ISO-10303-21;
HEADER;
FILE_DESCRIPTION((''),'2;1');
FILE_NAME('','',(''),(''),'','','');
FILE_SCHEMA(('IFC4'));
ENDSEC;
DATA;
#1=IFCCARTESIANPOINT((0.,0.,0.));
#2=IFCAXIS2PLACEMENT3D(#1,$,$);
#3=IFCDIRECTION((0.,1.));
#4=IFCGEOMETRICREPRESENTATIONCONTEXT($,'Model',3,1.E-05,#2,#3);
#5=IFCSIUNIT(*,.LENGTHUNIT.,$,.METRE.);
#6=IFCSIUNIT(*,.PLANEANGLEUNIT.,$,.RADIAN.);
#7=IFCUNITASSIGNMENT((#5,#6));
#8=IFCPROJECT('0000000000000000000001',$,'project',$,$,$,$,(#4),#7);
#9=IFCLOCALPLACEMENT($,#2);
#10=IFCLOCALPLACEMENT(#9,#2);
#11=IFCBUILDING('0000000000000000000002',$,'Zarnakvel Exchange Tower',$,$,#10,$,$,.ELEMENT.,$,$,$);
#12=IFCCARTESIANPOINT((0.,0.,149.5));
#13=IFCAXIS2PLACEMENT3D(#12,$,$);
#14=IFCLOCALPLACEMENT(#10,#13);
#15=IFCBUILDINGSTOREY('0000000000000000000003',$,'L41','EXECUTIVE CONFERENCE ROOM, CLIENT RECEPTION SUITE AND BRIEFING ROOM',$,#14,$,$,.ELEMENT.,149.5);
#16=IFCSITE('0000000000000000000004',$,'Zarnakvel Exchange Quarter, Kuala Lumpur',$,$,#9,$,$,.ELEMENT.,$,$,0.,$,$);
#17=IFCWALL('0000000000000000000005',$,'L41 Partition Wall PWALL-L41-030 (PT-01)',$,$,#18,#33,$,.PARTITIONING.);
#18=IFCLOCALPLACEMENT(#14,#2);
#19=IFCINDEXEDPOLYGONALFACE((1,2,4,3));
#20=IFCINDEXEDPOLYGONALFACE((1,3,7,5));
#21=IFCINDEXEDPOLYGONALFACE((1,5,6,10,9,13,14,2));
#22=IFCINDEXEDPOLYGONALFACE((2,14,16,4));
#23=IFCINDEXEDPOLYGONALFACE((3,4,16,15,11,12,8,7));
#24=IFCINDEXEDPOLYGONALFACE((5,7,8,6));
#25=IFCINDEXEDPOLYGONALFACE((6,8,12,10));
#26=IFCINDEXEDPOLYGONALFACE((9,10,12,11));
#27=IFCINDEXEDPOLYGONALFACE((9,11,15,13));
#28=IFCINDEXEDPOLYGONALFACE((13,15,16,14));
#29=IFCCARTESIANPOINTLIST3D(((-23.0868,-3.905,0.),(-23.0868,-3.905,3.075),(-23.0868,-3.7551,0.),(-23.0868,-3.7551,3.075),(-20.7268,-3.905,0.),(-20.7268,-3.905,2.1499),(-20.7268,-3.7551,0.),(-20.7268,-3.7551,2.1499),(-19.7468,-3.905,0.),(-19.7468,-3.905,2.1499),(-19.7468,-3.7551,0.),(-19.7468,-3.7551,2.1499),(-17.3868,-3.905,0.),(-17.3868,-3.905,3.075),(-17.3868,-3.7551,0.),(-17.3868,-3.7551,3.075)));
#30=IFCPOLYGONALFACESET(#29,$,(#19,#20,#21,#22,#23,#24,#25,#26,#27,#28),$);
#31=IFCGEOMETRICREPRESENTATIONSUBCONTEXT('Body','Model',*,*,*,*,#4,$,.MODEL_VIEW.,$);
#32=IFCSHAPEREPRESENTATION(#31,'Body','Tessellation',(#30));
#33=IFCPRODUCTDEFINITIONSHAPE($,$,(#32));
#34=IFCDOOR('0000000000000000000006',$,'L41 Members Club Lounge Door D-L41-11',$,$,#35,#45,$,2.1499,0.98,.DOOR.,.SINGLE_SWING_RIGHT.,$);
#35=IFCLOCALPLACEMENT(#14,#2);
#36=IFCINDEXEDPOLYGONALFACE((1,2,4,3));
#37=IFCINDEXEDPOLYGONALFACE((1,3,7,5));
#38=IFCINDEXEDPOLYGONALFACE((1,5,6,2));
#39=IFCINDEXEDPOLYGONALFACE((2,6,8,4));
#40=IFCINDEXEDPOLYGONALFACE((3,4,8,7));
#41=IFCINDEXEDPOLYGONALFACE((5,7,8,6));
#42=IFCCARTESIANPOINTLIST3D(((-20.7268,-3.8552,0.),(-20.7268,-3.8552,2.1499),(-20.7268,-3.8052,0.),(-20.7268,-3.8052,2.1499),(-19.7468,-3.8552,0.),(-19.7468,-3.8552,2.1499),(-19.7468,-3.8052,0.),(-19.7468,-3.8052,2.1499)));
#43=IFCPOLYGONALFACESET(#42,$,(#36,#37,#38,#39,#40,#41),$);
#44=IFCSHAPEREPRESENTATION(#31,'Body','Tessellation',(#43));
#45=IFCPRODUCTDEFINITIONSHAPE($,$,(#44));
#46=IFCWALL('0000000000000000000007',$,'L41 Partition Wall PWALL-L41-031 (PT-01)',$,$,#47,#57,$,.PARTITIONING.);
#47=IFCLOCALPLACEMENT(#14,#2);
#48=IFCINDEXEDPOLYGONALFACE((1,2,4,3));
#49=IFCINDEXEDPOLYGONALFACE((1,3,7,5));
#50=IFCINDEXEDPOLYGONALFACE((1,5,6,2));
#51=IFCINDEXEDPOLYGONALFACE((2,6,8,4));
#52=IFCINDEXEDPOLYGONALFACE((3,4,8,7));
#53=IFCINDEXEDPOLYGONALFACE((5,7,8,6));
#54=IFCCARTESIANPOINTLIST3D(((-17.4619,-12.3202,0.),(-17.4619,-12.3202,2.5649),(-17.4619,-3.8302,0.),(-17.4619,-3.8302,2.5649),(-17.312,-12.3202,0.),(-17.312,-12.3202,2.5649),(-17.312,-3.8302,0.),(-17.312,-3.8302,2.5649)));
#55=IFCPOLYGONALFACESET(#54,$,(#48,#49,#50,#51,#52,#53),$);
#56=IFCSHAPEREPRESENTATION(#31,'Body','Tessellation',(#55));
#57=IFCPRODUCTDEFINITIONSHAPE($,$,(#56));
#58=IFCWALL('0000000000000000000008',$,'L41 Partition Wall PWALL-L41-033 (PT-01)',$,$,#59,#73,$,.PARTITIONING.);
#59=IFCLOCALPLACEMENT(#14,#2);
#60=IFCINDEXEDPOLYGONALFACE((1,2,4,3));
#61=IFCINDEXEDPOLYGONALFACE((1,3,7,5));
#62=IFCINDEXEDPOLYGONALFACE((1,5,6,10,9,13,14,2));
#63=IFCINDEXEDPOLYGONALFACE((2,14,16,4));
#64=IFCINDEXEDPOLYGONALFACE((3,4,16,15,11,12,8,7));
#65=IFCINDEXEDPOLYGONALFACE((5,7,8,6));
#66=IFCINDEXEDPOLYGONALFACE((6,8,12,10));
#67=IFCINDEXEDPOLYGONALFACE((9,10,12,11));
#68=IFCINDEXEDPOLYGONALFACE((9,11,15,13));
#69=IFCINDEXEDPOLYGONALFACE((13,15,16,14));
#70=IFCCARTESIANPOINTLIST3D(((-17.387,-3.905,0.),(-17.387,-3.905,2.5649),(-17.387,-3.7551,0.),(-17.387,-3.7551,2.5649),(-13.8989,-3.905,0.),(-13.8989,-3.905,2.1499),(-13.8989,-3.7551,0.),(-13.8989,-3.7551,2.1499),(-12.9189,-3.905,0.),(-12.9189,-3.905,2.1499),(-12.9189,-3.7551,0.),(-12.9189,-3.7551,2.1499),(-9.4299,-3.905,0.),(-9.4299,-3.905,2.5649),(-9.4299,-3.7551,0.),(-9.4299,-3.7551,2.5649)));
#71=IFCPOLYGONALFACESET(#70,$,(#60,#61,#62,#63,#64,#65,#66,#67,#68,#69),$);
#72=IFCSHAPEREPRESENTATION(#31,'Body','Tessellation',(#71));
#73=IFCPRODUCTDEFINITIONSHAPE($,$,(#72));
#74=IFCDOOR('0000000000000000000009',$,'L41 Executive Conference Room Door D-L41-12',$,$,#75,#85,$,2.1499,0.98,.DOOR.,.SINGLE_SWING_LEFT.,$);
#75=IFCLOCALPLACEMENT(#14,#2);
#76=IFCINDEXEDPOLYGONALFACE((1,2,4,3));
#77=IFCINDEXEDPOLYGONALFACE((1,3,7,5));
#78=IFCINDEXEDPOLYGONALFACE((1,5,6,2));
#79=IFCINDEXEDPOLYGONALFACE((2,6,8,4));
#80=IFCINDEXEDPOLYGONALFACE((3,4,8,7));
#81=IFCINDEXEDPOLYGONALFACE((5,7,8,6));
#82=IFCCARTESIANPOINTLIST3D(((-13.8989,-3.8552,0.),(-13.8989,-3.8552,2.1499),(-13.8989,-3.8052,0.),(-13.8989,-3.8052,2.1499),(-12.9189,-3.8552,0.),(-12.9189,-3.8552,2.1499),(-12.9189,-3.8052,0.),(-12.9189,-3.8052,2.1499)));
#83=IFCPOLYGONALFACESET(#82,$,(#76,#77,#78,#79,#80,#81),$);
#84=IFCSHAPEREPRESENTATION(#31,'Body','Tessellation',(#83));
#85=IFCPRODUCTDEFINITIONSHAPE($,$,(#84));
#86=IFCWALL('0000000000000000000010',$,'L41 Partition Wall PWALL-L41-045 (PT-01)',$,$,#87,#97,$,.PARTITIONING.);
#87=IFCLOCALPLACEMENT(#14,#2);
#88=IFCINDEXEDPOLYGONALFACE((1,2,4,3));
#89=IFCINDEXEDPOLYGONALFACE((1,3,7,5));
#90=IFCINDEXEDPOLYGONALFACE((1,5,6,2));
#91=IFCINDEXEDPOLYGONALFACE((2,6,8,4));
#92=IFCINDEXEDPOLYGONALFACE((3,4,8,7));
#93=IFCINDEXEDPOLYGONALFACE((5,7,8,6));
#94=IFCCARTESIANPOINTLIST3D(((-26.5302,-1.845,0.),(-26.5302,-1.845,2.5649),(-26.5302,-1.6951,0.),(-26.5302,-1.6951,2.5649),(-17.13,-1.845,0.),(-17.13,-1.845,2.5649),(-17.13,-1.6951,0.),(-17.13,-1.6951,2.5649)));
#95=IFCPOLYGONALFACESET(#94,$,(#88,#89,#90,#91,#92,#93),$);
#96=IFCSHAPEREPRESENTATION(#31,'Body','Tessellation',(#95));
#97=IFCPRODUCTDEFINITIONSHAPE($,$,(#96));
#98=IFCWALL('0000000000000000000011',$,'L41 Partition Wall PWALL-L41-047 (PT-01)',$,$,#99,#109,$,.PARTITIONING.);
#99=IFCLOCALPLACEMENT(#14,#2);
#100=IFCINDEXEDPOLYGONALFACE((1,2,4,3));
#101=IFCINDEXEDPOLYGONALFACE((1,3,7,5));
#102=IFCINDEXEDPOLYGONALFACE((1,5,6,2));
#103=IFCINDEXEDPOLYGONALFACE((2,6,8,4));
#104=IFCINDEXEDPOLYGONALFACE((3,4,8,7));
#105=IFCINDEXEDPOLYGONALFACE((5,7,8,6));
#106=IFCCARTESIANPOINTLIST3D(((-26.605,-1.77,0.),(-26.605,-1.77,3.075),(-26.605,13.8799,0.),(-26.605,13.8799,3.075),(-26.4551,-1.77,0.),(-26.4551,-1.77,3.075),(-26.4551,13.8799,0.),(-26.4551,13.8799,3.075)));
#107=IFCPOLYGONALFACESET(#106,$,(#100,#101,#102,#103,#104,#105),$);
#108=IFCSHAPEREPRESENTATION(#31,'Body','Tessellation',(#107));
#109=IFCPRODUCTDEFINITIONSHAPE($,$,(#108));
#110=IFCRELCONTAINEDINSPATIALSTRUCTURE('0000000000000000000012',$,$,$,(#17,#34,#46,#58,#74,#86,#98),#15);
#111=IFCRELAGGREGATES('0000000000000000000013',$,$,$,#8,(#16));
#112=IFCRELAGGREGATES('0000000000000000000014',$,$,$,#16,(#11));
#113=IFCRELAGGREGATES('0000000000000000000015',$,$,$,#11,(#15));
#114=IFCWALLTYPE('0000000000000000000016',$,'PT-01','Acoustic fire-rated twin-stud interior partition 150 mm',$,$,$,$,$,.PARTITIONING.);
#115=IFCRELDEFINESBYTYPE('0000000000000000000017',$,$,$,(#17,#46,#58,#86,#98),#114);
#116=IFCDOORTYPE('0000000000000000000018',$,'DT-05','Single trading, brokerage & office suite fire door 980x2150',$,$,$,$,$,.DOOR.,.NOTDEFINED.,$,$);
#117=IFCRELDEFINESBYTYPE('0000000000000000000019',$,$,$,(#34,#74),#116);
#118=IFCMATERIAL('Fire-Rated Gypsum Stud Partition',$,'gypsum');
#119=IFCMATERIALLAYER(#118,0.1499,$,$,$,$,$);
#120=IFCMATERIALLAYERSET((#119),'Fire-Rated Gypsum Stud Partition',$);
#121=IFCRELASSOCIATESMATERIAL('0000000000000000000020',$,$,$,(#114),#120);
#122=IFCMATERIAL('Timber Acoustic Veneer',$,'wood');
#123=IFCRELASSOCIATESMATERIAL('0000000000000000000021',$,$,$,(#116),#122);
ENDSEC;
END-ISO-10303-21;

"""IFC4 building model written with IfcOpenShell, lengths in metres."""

from ifc_helpers import new_model, si_unit, direction, frame, frame_2d, origin, place, context, subcontext, project, spatial, rectangle, extrude, source, transform, mapped, material, layer, layer_set, type_object, element, fill, save


model = new_model("IFC4")

# Units and contexts
model_context = context("Model", 3, precision=1e-05, world=origin(), true_north=direction((0.0, 1.0)))
body_context = subcontext(model_context, "Body", "Model", "MODEL_VIEW")
ifc_project = project(units=[si_unit("LENGTHUNIT", "METRE"), si_unit("PLANEANGLEUNIT", "RADIAN")], contexts=[model_context])

# Site, building, storey
site_placement = place(None, origin())
site = spatial("IfcSite", under=ifc_project, at=site_placement, Name="Zarnakvel Exchange Quarter, Kuala Lumpur", CompositionType="ELEMENT", RefElevation=0.0)
building_placement = place(site_placement, origin())
building = spatial("IfcBuilding", under=site, at=building_placement, Name="Zarnakvel Exchange Tower", CompositionType="ELEMENT")
storey_placement = place(building_placement, frame((0.0, 0.0, 149.5)))
storey = spatial("IfcBuildingStorey", under=building, at=storey_placement, Name="L41", Description="EXECUTIVE CONFERENCE ROOM, CLIENT RECEPTION SUITE AND BRIEFING ROOM", CompositionType="ELEMENT", Elevation=149.5)

# Shared definitions
ifc_material_1 = material(Name="Fire-Rated Gypsum Stud Partition", Category="gypsum")
ifc_layer_1 = layer(ifc_material_1, 0.1499)
ifc_layer_set_1 = layer_set([ifc_layer_1], Name="Fire-Rated Gypsum Stud Partition")
wall_type = type_object("IfcWallType", Name="PT-01", Description="Acoustic fire-rated twin-stud interior partition 150 mm", PredefinedType="PARTITIONING", material=ifc_layer_set_1)
ifc_material_2 = material(Name="Timber Acoustic Veneer", Category="wood")
door_type = type_object("IfcDoorType", Name="DT-05", Description="Single trading, brokerage & office suite fire door 980x2150", OperationType="NOTDEFINED", PredefinedType="DOOR", material=ifc_material_2)
shared_shape_1 = source(origin(), body_context, "Body", "SweptSolid", [
    extrude(rectangle(XDim=0.98, YDim=2.1499, at=frame_2d((0.49, 1.075))), frame((0.0, 0.0249, 0.0), z_axis=(0.0, -1.0, 0.0), x_axis=(1.0, 0.0, 0.0)), (0.0, 0.0, 1.0), 0.05),
])

# Wall, opening, door
wall_1_placement = place(storey_placement, frame((-23.0869, -3.8301, 0.0), z_axis=(0.0, 0.0, 1.0), x_axis=(1.0, 0.0, 0.0)))
wall_1 = element("IfcWall", 1, at=wall_1_placement, inside=storey, type_object=wall_type, Name="L41 Partition Wall PWALL-L41-030 (PT-01)", PredefinedType="PARTITIONING", context=body_context, shape_type="SweptSolid", body=[
    extrude(rectangle(XDim=5.7, YDim=0.1499, at=frame_2d((2.8501, 0.0))), origin(), (0.0, 0.0, 1.0), 3.075),
])
opening_1_placement = place(wall_1_placement, frame((2.3601, 0.0, 0.0)))
opening_1 = element("IfcOpeningElement", 2, at=opening_1_placement, cuts=wall_1, PredefinedType="OPENING", context=body_context, shape_type="SweptSolid", body=[
    extrude(rectangle(XDim=0.98, YDim=2.1499, at=frame_2d((0.49, 1.075))), frame((0.0, 0.085, 0.0), z_axis=(0.0, -1.0, 0.0), x_axis=(1.0, 0.0, 0.0)), (0.0, 0.0, 1.0), 0.1699),
])
door_1_placement = place(opening_1_placement, origin())
door_1 = element("IfcDoor", 3, at=door_1_placement, inside=storey, type_object=door_type, Name="L41 Members Club Lounge Door D-L41-11", OperationType="SINGLE_SWING_RIGHT", OverallHeight=2.1499, OverallWidth=0.98, PredefinedType="DOOR", context=body_context, shape_type="MappedRepresentation", body=[
    mapped(shared_shape_1, transform((0.0, 0.0, 0.0), x_axis=(1.0, 0.0, 0.0), y_axis=(0.0, 1.0, 0.0), z_axis=(0.0, 0.0, 1.0), scale=1.0)),
])
fill(opening_1, door_1)

# Wall
wall_2_placement = place(storey_placement, frame((-17.387, -3.8301, 0.0), z_axis=(0.0, 0.0, 1.0), x_axis=(0.0, -1.0, 0.0)))
element("IfcWall", 4, at=wall_2_placement, inside=storey, type_object=wall_type, Name="L41 Partition Wall PWALL-L41-031 (PT-01)", PredefinedType="PARTITIONING", context=body_context, shape_type="SweptSolid", body=[
    extrude(rectangle(XDim=8.49, YDim=0.1499, at=frame_2d((4.2451, 0.0))), origin(), (0.0, 0.0, 1.0), 2.5649),
])

# Wall, opening, door
wall_3_placement = place(storey_placement, frame((-17.387, -3.8301, 0.0), z_axis=(0.0, 0.0, 1.0), x_axis=(1.0, 0.0, 0.0)))
wall_3 = element("IfcWall", 5, at=wall_3_placement, inside=storey, type_object=wall_type, Name="L41 Partition Wall PWALL-L41-033 (PT-01)", PredefinedType="PARTITIONING", context=body_context, shape_type="SweptSolid", body=[
    extrude(rectangle(XDim=7.957, YDim=0.1499, at=frame_2d((3.9785, 0.0))), origin(), (0.0, 0.0, 1.0), 2.5649),
])
opening_2_placement = place(wall_3_placement, frame((3.488, 0.0, 0.0)))
opening_2 = element("IfcOpeningElement", 6, at=opening_2_placement, cuts=wall_3, PredefinedType="OPENING", context=body_context, shape_type="SweptSolid", body=[
    extrude(rectangle(XDim=0.98, YDim=2.1499, at=frame_2d((0.49, 1.075))), frame((0.0, 0.085, 0.0), z_axis=(0.0, -1.0, 0.0), x_axis=(1.0, 0.0, 0.0)), (0.0, 0.0, 1.0), 0.1699),
])
door_2_placement = place(opening_2_placement, origin())
door_2 = element("IfcDoor", 7, at=door_2_placement, inside=storey, type_object=door_type, Name="L41 Executive Conference Room Door D-L41-12", OperationType="SINGLE_SWING_LEFT", OverallHeight=2.1499, OverallWidth=0.98, PredefinedType="DOOR", context=body_context, shape_type="MappedRepresentation", body=[
    mapped(shared_shape_1, transform((0.0, 0.0, 0.0), x_axis=(1.0, 0.0, 0.0), y_axis=(0.0, 1.0, 0.0), z_axis=(0.0, 0.0, 1.0), scale=1.0)),
])
fill(opening_2, door_2)

# Walls
wall_4_placement = place(storey_placement, frame((-17.1299, -1.77, 0.0), z_axis=(0.0, 0.0, 1.0), x_axis=(-1.0, 0.0, 0.0)))
element("IfcWall", 8, at=wall_4_placement, inside=storey, type_object=wall_type, Name="L41 Partition Wall PWALL-L41-045 (PT-01)", PredefinedType="PARTITIONING", context=body_context, shape_type="SweptSolid", body=[
    extrude(rectangle(XDim=9.4001, YDim=0.1499, at=frame_2d((4.7002, 0.0))), origin(), (0.0, 0.0, 1.0), 2.5649),
])
wall_5_placement = place(storey_placement, frame((-26.53, -1.77, 0.0), z_axis=(0.0, 0.0, 1.0), x_axis=(0.0, 1.0, 0.0)))
element("IfcWall", 9, at=wall_5_placement, inside=storey, type_object=wall_type, Name="L41 Partition Wall PWALL-L41-047 (PT-01)", PredefinedType="PARTITIONING", context=body_context, shape_type="SweptSolid", body=[
    extrude(rectangle(XDim=15.6499, YDim=0.1499, at=frame_2d((7.825, 0.0))), origin(), (0.0, 0.0, 1.0), 3.075),
])

save(model, "model.ifc")
